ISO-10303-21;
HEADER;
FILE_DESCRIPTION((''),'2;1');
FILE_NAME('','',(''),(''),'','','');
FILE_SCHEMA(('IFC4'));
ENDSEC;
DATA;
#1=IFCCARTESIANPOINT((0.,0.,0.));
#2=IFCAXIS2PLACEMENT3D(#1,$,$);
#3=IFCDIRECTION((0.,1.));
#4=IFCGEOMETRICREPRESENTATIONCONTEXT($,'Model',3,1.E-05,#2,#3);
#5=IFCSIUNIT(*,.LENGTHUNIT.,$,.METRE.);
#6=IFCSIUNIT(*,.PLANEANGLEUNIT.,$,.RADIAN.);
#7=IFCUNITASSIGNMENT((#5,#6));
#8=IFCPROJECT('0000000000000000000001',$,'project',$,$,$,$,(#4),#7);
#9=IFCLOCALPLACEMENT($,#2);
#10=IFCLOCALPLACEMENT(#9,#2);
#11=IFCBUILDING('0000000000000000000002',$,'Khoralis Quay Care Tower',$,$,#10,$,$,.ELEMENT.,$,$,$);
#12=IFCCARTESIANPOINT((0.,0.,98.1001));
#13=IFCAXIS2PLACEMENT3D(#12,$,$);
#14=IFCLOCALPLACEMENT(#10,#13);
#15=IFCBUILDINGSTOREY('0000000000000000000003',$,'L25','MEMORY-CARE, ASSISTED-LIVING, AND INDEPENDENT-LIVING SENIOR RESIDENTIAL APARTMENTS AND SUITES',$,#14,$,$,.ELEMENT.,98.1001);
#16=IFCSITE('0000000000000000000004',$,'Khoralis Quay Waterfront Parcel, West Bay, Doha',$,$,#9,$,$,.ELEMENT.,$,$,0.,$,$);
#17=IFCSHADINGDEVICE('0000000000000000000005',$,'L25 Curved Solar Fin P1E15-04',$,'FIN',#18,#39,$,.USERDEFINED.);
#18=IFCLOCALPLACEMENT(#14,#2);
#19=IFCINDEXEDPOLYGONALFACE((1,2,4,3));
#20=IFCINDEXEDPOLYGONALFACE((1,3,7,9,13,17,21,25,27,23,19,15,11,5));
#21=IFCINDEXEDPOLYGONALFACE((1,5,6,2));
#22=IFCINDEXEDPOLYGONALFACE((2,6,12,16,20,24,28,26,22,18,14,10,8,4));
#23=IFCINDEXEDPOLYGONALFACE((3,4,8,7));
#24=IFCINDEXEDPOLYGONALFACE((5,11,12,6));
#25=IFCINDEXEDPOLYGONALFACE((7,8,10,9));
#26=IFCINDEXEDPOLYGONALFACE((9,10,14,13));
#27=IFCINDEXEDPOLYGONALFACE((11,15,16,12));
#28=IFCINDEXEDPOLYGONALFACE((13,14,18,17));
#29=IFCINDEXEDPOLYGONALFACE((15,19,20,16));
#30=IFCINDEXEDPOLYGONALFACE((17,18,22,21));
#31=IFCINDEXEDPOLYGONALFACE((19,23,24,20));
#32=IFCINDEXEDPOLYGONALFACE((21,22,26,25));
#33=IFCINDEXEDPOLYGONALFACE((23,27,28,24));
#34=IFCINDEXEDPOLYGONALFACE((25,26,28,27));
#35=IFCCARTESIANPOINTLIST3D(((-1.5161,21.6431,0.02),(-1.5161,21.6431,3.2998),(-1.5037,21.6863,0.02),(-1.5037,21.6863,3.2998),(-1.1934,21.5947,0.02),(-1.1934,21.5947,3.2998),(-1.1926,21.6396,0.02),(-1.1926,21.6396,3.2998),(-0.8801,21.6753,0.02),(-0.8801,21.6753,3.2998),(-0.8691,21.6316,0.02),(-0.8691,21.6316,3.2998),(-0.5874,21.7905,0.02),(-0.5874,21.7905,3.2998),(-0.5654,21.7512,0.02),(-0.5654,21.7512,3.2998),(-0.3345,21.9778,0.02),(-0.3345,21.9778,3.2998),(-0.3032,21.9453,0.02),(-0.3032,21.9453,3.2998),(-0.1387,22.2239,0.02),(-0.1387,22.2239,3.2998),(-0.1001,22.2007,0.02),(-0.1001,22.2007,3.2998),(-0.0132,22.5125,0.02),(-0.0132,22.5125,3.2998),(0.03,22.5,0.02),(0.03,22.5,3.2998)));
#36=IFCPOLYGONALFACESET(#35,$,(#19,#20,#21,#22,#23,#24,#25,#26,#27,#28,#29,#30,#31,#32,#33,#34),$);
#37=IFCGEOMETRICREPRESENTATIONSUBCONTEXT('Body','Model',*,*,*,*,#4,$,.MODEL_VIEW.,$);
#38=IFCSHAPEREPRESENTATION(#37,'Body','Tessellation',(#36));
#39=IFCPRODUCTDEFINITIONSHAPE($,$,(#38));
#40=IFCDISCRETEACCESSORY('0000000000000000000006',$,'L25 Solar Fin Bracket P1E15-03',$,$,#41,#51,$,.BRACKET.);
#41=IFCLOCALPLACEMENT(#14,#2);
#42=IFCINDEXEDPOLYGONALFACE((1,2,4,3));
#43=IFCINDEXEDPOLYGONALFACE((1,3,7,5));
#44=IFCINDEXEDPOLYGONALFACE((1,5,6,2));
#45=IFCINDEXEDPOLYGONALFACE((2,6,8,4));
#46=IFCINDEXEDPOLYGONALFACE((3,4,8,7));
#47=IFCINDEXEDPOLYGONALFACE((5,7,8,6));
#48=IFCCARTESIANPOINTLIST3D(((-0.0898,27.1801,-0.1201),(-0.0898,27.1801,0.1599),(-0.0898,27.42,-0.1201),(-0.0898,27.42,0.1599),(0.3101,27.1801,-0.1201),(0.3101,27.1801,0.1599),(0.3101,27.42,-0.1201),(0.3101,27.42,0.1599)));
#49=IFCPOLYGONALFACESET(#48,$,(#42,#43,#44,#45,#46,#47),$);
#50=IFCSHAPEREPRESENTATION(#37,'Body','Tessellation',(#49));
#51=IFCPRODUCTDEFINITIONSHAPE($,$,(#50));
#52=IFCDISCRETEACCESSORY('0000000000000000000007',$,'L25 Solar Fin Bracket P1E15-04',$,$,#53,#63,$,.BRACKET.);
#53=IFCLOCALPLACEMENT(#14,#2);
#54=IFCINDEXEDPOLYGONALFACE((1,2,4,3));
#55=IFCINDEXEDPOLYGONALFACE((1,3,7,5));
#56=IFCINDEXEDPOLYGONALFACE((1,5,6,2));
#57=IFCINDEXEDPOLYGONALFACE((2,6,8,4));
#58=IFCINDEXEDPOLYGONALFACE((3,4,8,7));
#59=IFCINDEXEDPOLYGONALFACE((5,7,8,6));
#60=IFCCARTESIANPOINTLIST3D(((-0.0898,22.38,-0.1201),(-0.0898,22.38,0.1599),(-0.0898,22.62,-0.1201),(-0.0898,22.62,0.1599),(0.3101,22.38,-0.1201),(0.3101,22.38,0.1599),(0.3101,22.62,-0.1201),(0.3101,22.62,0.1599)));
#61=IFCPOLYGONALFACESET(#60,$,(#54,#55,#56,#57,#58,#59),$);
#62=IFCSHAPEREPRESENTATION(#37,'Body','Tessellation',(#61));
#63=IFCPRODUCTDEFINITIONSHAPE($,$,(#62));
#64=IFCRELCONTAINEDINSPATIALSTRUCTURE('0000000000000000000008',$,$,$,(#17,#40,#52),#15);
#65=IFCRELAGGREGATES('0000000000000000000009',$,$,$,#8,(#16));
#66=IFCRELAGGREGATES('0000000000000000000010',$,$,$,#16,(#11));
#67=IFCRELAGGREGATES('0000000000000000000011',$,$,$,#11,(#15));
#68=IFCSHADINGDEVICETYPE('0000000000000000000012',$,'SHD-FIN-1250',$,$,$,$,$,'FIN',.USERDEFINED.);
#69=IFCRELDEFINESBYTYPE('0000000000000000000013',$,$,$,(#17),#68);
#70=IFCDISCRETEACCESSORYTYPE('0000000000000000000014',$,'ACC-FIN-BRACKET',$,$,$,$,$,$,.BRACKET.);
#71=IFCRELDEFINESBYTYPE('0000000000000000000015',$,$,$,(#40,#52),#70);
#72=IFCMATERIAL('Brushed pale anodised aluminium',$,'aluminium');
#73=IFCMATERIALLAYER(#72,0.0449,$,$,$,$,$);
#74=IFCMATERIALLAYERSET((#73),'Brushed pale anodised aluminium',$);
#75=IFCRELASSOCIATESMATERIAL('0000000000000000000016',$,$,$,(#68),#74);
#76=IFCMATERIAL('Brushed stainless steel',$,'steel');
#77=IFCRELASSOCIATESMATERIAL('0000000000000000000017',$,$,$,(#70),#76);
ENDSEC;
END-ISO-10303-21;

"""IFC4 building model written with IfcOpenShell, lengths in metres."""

from ifc_helpers import new_model, si_unit, direction, frame, origin, origin_2d, place, context, subcontext, project, spatial, polyline, rectangle, outline, extrude, source, transform, mapped, material, layer, layer_set, type_object, element, save


model = new_model("IFC4")

# Units and contexts
model_context = context("Model", 3, precision=1e-05, world=origin(), true_north=direction((0.0, 1.0)))
body_context = subcontext(model_context, "Body", "Model", "MODEL_VIEW")
ifc_project = project(units=[si_unit("LENGTHUNIT", "METRE"), si_unit("PLANEANGLEUNIT", "RADIAN")], contexts=[model_context])

# Site, building, storey
site_placement = place(None, origin())
site = spatial("IfcSite", under=ifc_project, at=site_placement, Name="Khoralis Quay Waterfront Parcel, West Bay, Doha", CompositionType="ELEMENT", RefElevation=0.0)
building_placement = place(site_placement, origin())
building = spatial("IfcBuilding", under=site, at=building_placement, Name="Khoralis Quay Care Tower", CompositionType="ELEMENT")
storey_placement = place(building_placement, frame((0.0, 0.0, 98.1001)))
storey = spatial("IfcBuildingStorey", under=building, at=storey_placement, Name="L25", Description="MEMORY-CARE, ASSISTED-LIVING, AND INDEPENDENT-LIVING SENIOR RESIDENTIAL APARTMENTS AND SUITES", CompositionType="ELEMENT", Elevation=98.1001)

# Shading device
ifc_material_1 = material(Name="Brushed pale anodised aluminium", Category="aluminium")
ifc_layer_1 = layer(ifc_material_1, 0.0449)
ifc_layer_set_1 = layer_set([ifc_layer_1], Name="Brushed pale anodised aluminium")
shading_device_type = type_object("IfcShadingDeviceType", Name="SHD-FIN-1250", ElementType="FIN", PredefinedType="USERDEFINED", material=ifc_layer_set_1)
shared_shape_1 = source(origin(), body_context, "Body", "SweptSolid", [
    extrude(outline(polyline([(0.0, 0.0), (0.1301, 0.2993), (0.3333, 0.5547), (0.5955, 0.7488), (0.8992, 0.8684), (1.2234, 0.9053), (1.5461, 0.8569), (1.5337, 0.8137), (1.2227, 0.8604), (0.9102, 0.8247), (0.6174, 0.7095), (0.3645, 0.5222), (0.1687, 0.2761), (0.0432, -0.0125), (0.0, 0.0)])), origin(), (0.0, 0.0, 1.0), 3.2798),
])
shading_device_1_placement = place(storey_placement, frame((0.03, 22.5, 0.02), z_axis=(0.0, 0.0, 1.0), x_axis=(-1.0, 0.0, 0.0)))
element("IfcShadingDevice", 1, at=shading_device_1_placement, inside=storey, type_object=shading_device_type, Name="L25 Curved Solar Fin P1E15-04", ObjectType="FIN", PredefinedType="USERDEFINED", context=body_context, shape_type="MappedRepresentation", body=[
    mapped(shared_shape_1, transform((0.0, 0.0, 0.0), scale=1.0)),
])

# Discrete accessories
ifc_material_2 = material(Name="Brushed stainless steel", Category="steel")
discrete_accessory_type = type_object("IfcDiscreteAccessoryType", Name="ACC-FIN-BRACKET", PredefinedType="BRACKET", material=ifc_material_2)
shared_shape_2 = source(origin(), body_context, "Body", "SweptSolid", [
    extrude(rectangle(XDim=0.3999, YDim=0.24, at=origin_2d()), origin(), (0.0, 0.0, 1.0), 0.28),
])
for number, where, z_axis, x_axis, name in (
    (2, (0.1101, 27.3, -0.1201), (0.0, 0.0, 1.0), (-1.0, 0.0, 0.0), "L25 Solar Fin Bracket P1E15-03"),
    (3, (0.1101, 22.5, -0.1201), (0.0, 0.0, 1.0), (-1.0, 0.0, 0.0), "L25 Solar Fin Bracket P1E15-04"),
):
    element("IfcDiscreteAccessory", number, at=place(storey_placement, frame(where, z_axis=z_axis, x_axis=x_axis)), inside=storey, type_object=discrete_accessory_type, Name=name, PredefinedType="BRACKET", context=body_context, shape_type="MappedRepresentation", body=[
        mapped(shared_shape_2, transform((0.0, 0.0, 0.0), scale=1.0)),
    ])

save(model, "model.ifc")
